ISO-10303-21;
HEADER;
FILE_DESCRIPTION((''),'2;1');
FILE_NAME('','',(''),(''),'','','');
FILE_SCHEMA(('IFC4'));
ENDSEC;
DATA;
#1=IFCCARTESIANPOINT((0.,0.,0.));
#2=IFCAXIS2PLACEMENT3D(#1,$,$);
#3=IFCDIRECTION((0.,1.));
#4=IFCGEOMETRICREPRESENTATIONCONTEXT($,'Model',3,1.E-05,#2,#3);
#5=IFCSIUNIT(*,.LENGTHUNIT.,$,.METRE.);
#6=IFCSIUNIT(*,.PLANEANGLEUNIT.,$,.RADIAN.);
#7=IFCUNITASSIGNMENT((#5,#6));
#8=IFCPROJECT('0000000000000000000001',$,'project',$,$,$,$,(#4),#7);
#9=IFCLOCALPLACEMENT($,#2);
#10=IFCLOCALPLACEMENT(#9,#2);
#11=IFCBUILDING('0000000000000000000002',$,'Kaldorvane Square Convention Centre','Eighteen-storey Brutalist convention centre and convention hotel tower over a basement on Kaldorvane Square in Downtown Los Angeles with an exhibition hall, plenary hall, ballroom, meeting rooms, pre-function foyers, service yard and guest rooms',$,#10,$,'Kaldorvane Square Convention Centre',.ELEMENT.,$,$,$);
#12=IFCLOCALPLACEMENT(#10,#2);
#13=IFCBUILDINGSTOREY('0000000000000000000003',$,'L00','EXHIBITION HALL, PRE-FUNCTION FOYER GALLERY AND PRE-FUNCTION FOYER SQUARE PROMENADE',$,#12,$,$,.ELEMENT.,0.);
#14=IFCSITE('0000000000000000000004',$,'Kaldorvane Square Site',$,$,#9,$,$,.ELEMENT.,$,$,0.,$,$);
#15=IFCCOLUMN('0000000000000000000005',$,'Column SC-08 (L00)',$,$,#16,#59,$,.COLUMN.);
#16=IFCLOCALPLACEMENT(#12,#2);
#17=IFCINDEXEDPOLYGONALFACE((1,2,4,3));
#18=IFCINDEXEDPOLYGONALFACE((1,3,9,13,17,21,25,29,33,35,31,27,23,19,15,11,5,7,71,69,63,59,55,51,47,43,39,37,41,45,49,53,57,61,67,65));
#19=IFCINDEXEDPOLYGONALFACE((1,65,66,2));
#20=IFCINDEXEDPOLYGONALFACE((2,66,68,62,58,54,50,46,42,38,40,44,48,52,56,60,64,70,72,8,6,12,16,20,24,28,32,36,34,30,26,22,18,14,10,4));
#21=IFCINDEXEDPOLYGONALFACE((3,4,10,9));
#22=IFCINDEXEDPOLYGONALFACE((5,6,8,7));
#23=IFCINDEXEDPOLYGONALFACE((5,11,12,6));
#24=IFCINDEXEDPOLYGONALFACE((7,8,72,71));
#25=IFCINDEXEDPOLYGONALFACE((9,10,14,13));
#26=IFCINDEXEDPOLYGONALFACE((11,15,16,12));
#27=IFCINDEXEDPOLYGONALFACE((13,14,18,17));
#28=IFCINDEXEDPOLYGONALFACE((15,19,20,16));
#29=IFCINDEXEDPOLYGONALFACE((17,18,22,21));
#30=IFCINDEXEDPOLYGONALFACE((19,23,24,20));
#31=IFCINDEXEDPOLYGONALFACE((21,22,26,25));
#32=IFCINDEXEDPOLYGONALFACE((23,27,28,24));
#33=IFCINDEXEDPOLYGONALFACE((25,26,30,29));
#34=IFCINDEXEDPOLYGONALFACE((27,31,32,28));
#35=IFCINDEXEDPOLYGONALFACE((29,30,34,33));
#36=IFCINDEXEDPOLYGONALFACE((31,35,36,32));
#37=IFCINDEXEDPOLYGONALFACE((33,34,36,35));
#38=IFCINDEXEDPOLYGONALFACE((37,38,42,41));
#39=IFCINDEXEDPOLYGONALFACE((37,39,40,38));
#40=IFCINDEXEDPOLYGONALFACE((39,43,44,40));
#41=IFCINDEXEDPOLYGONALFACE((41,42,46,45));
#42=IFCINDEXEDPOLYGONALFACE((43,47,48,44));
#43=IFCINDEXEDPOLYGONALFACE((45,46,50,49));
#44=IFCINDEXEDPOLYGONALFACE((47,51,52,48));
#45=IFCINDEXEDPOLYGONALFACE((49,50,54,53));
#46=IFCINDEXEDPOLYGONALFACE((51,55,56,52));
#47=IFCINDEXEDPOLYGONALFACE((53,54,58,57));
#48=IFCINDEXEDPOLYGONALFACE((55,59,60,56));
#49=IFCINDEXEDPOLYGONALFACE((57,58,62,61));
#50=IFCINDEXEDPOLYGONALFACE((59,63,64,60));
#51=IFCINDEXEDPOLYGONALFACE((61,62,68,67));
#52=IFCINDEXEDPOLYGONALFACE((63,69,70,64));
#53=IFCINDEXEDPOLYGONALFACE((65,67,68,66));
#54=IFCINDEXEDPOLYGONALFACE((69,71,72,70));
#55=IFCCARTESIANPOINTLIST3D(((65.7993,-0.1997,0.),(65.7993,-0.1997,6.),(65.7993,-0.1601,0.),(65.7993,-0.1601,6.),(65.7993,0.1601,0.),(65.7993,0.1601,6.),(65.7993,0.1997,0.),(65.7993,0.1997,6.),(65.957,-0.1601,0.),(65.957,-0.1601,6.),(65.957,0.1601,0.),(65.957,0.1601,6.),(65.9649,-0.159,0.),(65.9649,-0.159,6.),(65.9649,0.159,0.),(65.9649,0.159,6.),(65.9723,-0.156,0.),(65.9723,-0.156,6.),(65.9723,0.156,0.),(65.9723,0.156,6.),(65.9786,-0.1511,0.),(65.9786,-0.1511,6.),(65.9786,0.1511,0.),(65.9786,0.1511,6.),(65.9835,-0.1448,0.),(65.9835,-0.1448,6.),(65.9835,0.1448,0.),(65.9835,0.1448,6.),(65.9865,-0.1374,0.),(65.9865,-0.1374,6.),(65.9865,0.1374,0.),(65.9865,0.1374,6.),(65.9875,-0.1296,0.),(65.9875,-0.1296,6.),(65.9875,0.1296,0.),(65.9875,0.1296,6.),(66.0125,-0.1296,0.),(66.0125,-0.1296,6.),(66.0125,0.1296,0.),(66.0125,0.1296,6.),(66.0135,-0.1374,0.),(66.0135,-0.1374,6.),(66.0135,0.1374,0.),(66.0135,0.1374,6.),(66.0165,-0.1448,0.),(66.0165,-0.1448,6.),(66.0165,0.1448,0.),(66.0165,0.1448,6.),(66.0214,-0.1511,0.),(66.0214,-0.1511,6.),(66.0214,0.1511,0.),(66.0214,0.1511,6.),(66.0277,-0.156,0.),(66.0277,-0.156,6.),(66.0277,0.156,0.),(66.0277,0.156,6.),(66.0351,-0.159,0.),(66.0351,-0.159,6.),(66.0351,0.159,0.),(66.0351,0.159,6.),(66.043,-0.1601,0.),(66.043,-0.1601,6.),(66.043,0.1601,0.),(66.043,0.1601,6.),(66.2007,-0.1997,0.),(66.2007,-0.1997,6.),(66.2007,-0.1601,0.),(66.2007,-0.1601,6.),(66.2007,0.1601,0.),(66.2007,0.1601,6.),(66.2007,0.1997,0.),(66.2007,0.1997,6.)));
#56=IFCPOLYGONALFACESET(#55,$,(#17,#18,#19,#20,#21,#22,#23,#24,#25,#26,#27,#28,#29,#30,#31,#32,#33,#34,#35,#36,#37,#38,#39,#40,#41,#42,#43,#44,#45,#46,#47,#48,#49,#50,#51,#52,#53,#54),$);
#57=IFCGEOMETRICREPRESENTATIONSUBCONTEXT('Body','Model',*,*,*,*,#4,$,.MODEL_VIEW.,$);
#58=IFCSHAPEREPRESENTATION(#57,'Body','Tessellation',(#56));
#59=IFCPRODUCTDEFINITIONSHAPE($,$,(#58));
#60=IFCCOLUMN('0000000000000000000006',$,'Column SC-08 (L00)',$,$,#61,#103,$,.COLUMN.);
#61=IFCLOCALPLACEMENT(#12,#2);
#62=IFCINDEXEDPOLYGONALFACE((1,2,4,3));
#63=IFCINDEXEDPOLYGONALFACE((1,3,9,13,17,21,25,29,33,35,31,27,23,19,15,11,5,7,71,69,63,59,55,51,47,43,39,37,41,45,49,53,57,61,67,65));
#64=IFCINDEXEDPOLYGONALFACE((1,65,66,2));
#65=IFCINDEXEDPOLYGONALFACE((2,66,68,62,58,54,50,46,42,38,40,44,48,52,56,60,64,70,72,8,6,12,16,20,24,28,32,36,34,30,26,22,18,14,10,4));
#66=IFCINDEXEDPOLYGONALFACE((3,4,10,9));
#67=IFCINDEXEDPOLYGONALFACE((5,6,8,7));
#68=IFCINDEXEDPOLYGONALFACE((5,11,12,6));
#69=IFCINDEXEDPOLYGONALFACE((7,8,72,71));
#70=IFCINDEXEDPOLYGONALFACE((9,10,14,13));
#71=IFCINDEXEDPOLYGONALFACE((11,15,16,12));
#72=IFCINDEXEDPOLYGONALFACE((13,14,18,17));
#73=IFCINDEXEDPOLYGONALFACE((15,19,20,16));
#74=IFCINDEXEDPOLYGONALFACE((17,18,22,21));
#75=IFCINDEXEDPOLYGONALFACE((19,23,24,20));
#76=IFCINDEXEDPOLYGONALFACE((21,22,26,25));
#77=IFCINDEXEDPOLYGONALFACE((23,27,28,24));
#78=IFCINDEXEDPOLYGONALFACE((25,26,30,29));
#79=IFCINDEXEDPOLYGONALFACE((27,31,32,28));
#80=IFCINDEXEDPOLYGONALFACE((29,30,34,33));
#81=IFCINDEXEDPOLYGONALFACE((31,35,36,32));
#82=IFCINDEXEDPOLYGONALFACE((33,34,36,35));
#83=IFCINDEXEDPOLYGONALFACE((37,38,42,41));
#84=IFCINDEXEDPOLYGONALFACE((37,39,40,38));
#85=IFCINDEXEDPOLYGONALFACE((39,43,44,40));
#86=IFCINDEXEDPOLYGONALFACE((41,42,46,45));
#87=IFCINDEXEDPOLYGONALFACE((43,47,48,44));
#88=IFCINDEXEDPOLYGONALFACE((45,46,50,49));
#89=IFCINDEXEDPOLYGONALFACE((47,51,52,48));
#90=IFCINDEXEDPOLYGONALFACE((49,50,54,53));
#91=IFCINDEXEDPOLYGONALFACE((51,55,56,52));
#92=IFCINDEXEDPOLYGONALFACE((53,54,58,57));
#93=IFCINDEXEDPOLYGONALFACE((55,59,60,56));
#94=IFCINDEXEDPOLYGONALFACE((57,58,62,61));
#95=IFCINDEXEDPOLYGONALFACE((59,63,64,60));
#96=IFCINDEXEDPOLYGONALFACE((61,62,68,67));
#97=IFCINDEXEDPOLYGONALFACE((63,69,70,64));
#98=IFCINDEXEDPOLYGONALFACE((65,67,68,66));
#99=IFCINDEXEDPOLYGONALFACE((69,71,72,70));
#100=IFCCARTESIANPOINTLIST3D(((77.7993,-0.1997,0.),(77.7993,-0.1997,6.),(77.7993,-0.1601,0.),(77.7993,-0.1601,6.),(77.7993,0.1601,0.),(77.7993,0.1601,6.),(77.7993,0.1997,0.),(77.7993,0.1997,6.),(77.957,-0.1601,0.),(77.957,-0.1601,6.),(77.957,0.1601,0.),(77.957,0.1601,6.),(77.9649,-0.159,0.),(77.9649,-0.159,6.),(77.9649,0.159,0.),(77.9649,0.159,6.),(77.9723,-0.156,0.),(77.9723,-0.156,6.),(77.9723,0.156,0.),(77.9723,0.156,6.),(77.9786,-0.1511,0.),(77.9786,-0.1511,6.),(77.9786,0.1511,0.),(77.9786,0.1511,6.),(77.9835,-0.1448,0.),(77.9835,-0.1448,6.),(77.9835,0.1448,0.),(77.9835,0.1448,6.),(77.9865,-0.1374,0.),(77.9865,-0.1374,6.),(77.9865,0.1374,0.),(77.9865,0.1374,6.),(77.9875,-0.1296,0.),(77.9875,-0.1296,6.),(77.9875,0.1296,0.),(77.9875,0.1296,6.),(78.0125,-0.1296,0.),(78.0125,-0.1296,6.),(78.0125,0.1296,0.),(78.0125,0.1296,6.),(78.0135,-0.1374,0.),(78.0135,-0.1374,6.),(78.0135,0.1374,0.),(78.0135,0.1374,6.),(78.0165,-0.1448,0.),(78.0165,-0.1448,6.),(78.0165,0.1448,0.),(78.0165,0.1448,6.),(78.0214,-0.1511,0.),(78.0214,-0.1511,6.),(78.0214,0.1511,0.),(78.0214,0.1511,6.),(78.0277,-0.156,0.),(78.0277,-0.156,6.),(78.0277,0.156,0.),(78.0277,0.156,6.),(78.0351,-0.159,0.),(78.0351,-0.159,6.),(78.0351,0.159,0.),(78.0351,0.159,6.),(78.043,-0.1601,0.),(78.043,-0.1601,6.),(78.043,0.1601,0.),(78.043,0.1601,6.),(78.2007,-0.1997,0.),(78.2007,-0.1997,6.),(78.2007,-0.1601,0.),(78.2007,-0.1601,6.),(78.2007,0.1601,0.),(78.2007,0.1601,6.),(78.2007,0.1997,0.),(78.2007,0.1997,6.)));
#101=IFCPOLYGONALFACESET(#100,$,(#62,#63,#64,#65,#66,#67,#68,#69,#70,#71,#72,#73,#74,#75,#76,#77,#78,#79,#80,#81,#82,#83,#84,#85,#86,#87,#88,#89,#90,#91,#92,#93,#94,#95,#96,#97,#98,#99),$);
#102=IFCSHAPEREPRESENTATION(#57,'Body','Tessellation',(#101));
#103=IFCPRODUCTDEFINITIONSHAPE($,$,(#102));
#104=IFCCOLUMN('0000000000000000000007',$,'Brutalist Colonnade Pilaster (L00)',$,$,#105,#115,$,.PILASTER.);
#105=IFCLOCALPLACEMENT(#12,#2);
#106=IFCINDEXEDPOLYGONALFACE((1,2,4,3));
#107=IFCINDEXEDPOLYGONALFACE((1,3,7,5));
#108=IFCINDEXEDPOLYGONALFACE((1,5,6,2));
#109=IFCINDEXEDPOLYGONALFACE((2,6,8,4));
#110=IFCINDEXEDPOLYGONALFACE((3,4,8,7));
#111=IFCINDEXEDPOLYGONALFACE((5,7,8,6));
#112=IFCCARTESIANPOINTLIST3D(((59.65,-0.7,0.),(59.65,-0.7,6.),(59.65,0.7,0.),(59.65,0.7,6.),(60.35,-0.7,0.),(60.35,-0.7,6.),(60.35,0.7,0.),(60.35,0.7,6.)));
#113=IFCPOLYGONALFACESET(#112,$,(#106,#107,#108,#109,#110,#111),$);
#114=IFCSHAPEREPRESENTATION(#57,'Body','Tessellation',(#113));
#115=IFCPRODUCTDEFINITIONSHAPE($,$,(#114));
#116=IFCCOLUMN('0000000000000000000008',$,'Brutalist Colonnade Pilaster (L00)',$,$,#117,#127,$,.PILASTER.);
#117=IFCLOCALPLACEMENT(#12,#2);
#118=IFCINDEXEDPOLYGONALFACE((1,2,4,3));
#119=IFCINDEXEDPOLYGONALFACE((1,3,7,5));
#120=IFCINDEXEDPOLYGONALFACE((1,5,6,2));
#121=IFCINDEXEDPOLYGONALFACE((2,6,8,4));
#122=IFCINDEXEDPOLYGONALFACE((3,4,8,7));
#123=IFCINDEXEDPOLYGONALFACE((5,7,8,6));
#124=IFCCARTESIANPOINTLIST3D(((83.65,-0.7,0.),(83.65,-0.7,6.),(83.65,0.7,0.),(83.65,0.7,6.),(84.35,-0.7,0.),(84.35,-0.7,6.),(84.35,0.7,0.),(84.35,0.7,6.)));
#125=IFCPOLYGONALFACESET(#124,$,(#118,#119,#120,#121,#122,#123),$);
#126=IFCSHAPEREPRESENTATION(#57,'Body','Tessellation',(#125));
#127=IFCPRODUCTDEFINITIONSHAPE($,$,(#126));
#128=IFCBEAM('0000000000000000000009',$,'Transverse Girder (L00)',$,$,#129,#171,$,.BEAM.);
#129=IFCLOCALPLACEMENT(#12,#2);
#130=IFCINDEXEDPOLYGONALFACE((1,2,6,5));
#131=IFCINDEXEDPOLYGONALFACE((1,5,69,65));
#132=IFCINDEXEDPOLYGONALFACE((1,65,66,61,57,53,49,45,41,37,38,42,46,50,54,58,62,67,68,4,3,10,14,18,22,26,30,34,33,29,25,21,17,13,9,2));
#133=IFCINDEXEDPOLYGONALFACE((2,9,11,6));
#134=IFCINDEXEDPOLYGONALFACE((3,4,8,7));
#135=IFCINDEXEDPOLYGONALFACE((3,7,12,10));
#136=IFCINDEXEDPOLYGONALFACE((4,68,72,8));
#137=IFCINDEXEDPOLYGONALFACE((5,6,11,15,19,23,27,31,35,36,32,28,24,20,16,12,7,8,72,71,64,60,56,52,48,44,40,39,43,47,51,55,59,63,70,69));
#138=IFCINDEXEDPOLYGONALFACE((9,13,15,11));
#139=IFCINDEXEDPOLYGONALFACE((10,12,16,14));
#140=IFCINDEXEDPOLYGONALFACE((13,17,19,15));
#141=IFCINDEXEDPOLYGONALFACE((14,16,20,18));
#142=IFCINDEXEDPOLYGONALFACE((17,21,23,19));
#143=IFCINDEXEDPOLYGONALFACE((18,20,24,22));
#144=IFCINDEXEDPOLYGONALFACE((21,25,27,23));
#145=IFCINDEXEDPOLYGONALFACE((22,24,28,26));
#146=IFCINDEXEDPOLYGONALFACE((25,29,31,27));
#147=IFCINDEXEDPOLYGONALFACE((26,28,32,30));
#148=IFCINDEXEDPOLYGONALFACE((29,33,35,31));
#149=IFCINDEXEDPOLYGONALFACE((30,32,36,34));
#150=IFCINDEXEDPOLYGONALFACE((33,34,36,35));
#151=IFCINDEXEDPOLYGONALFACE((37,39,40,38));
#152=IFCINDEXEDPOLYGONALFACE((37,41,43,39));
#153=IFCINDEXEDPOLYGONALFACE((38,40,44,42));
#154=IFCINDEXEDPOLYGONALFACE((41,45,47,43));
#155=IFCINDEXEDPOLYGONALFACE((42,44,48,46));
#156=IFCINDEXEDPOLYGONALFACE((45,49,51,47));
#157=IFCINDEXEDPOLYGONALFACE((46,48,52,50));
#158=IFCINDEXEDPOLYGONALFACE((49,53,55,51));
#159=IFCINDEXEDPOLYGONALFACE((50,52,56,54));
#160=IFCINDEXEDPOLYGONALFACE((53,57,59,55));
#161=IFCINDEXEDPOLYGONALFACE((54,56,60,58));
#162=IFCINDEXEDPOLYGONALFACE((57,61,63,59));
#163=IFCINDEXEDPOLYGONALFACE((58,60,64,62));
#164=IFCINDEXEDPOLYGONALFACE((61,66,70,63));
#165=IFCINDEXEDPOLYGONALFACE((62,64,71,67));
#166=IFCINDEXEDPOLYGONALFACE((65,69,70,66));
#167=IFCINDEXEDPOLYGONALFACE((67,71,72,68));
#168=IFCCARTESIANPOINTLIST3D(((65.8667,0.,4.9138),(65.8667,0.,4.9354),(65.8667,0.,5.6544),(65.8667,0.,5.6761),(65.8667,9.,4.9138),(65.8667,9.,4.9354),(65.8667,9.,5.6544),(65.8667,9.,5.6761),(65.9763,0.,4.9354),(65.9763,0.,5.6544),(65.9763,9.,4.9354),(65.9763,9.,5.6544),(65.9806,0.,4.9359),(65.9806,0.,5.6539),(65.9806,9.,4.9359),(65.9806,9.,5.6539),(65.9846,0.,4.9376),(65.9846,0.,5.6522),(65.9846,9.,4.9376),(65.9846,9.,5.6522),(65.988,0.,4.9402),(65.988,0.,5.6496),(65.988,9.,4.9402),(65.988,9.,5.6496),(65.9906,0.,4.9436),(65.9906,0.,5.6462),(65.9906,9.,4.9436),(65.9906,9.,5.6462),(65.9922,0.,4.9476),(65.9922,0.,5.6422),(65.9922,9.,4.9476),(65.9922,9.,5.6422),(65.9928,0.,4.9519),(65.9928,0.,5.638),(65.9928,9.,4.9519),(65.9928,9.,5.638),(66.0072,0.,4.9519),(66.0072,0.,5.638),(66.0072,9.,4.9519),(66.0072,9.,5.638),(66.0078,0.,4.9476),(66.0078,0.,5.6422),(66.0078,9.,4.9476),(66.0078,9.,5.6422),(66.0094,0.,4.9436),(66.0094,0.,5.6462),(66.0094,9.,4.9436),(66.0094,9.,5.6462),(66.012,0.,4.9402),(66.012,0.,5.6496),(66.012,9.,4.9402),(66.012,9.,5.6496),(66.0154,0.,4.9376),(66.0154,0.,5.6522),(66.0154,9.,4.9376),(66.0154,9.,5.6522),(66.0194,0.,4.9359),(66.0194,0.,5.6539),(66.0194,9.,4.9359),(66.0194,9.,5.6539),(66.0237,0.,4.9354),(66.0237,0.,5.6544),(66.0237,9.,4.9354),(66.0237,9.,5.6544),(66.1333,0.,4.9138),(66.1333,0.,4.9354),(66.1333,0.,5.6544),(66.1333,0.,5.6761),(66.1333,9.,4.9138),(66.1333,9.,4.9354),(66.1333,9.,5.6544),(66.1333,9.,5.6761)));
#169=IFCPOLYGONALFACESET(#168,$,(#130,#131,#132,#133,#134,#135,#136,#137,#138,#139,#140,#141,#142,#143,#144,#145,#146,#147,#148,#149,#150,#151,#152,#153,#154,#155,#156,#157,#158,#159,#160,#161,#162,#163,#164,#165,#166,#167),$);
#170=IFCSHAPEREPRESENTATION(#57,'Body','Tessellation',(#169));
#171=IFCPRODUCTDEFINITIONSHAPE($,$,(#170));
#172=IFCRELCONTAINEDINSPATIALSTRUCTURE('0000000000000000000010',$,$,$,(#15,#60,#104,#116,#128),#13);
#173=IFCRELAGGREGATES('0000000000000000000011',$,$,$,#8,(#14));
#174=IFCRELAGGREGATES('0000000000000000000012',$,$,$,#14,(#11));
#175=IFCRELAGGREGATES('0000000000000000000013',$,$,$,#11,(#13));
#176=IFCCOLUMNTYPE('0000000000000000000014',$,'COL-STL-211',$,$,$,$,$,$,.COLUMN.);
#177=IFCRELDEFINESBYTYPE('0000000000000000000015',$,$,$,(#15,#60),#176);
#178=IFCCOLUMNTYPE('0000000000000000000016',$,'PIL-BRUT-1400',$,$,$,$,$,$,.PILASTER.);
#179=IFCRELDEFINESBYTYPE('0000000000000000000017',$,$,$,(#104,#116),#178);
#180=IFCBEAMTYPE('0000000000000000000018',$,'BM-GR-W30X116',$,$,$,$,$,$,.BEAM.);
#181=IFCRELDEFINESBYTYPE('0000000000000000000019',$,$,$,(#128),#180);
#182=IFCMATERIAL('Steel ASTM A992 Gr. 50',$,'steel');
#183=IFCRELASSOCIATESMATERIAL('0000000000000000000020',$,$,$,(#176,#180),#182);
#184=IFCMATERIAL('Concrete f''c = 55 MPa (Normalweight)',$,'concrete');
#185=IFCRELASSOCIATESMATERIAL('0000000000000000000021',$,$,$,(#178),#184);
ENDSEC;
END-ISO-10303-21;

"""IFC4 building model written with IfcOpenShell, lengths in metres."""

from ifc_helpers import new_model, si_unit, direction, frame, origin, origin_2d, place, context, subcontext, project, spatial, rectangle, i_section, extrude, material, material_profile, profile_set, type_object, element, save


model = new_model("IFC4")

# Units and contexts
model_context = context("Model", 3, precision=1e-05, world=origin(), true_north=direction((0.0, 1.0)))
body_context = subcontext(model_context, "Body", "Model", "MODEL_VIEW")
ifc_project = project(units=[si_unit("LENGTHUNIT", "METRE"), si_unit("PLANEANGLEUNIT", "RADIAN")], contexts=[model_context])

# Site, building, storey
site_placement = place(None, origin())
site = spatial("IfcSite", under=ifc_project, at=site_placement, Name="Kaldorvane Square Site", CompositionType="ELEMENT", RefElevation=0.0)
building_placement = place(site_placement, origin())
building = spatial("IfcBuilding", under=site, at=building_placement, Name="Kaldorvane Square Convention Centre", Description="Eighteen-storey Brutalist convention centre and convention hotel tower over a basement on Kaldorvane Square in Downtown Los Angeles with an exhibition hall, plenary hall, ballroom, meeting rooms, pre-function foyers, service yard and guest rooms", LongName="Kaldorvane Square Convention Centre", CompositionType="ELEMENT")
storey_placement = place(building_placement, origin())
storey = spatial("IfcBuildingStorey", under=building, at=storey_placement, Name="L00", Description="EXHIBITION HALL, PRE-FUNCTION FOYER GALLERY AND PRE-FUNCTION FOYER SQUARE PROMENADE", CompositionType="ELEMENT", Elevation=0.0)

# Columns
ifc_material_1 = material(Name="Steel ASTM A992 Gr. 50", Category="steel")
ifc_material_profile_1 = material_profile(ifc_material_1, i_section(OverallWidth=0.4013, OverallDepth=0.3993, WebThickness=0.0249, FlangeThickness=0.0396, FilletRadius=0.0305, at=origin_2d()), Name="W14X211")
ifc_profile_set_1 = profile_set([ifc_material_profile_1], Name="Steel ASTM A992 Gr. 50")
column_type_1 = type_object("IfcColumnType", Name="COL-STL-211", PredefinedType="COLUMN", material=ifc_profile_set_1)
for number, where, z_axis, x_axis, name in (
    (1, (66.0, 0.0, 0.0), (0.0, 0.0, 1.0), (1.0, 0.0, 0.0), "Column SC-08 (L00)"),
    (2, (78.0, 0.0, 0.0), (0.0, 0.0, 1.0), (1.0, 0.0, 0.0), "Column SC-08 (L00)"),
):
    element("IfcColumn", number, at=place(storey_placement, frame(where, z_axis=z_axis, x_axis=x_axis)), inside=storey, type_object=column_type_1, Name=name, PredefinedType="COLUMN", context=body_context, shape_type="SweptSolid", body=[
        extrude(i_section(OverallWidth=0.4013, OverallDepth=0.3993, WebThickness=0.0249, FlangeThickness=0.0396, FilletRadius=0.0305, at=origin_2d()), origin(), (0.0, 0.0, 1.0), 6.0),
    ])
ifc_material_2 = material(Name="Concrete f'c = 55 MPa (Normalweight)", Category="concrete")
ifc_material_profile_2 = material_profile(ifc_material_2, rectangle(XDim=0.7, YDim=1.4, at=origin_2d()), Name="PIL1400X700")
ifc_profile_set_2 = profile_set([ifc_material_profile_2], Name="Concrete f'c = 55 MPa (Normalweight)")
column_type_2 = type_object("IfcColumnType", Name="PIL-BRUT-1400", PredefinedType="PILASTER", material=ifc_profile_set_2)
for number, where, z_axis, x_axis, name in (
    (3, (60.0, 0.0, 0.0), (0.0, 0.0, 1.0), (1.0, 0.0, 0.0), "Brutalist Colonnade Pilaster (L00)"),
    (4, (84.0, 0.0, 0.0), (0.0, 0.0, 1.0), (1.0, 0.0, 0.0), "Brutalist Colonnade Pilaster (L00)"),
):
    element("IfcColumn", number, at=place(storey_placement, frame(where, z_axis=z_axis, x_axis=x_axis)), inside=storey, type_object=column_type_2, Name=name, PredefinedType="PILASTER", context=body_context, shape_type="SweptSolid", body=[
        extrude(rectangle(XDim=0.7, YDim=1.4, at=origin_2d()), origin(), (0.0, 0.0, 1.0), 6.0),
    ])

# Beam
ifc_material_profile_3 = material_profile(ifc_material_1, i_section(OverallWidth=0.2666, OverallDepth=0.7623, WebThickness=0.0144, FlangeThickness=0.0216, FilletRadius=0.0165, at=origin_2d()), Name="W30X116")
ifc_profile_set_3 = profile_set([ifc_material_profile_3], Name="Steel ASTM A992 Gr. 50")
beam_type_1 = type_object("IfcBeamType", Name="BM-GR-W30X116", PredefinedType="BEAM", material=ifc_profile_set_3)
for number, where, z_axis, x_axis, name in (
    (5, (66.0, 0.0, 5.2949), (0.0, 1.0, 0.0), (-1.0, 0.0, 0.0), "Transverse Girder (L00)"),
):
    element("IfcBeam", number, at=place(storey_placement, frame(where, z_axis=z_axis, x_axis=x_axis)), inside=storey, type_object=beam_type_1, Name=name, PredefinedType="BEAM", context=body_context, shape_type="SweptSolid", body=[
        extrude(i_section(OverallWidth=0.2666, OverallDepth=0.7623, WebThickness=0.0144, FlangeThickness=0.0216, FilletRadius=0.0165, at=origin_2d()), origin(), (0.0, 0.0, 1.0), 9.0),
    ])

save(model, "model.ifc")
